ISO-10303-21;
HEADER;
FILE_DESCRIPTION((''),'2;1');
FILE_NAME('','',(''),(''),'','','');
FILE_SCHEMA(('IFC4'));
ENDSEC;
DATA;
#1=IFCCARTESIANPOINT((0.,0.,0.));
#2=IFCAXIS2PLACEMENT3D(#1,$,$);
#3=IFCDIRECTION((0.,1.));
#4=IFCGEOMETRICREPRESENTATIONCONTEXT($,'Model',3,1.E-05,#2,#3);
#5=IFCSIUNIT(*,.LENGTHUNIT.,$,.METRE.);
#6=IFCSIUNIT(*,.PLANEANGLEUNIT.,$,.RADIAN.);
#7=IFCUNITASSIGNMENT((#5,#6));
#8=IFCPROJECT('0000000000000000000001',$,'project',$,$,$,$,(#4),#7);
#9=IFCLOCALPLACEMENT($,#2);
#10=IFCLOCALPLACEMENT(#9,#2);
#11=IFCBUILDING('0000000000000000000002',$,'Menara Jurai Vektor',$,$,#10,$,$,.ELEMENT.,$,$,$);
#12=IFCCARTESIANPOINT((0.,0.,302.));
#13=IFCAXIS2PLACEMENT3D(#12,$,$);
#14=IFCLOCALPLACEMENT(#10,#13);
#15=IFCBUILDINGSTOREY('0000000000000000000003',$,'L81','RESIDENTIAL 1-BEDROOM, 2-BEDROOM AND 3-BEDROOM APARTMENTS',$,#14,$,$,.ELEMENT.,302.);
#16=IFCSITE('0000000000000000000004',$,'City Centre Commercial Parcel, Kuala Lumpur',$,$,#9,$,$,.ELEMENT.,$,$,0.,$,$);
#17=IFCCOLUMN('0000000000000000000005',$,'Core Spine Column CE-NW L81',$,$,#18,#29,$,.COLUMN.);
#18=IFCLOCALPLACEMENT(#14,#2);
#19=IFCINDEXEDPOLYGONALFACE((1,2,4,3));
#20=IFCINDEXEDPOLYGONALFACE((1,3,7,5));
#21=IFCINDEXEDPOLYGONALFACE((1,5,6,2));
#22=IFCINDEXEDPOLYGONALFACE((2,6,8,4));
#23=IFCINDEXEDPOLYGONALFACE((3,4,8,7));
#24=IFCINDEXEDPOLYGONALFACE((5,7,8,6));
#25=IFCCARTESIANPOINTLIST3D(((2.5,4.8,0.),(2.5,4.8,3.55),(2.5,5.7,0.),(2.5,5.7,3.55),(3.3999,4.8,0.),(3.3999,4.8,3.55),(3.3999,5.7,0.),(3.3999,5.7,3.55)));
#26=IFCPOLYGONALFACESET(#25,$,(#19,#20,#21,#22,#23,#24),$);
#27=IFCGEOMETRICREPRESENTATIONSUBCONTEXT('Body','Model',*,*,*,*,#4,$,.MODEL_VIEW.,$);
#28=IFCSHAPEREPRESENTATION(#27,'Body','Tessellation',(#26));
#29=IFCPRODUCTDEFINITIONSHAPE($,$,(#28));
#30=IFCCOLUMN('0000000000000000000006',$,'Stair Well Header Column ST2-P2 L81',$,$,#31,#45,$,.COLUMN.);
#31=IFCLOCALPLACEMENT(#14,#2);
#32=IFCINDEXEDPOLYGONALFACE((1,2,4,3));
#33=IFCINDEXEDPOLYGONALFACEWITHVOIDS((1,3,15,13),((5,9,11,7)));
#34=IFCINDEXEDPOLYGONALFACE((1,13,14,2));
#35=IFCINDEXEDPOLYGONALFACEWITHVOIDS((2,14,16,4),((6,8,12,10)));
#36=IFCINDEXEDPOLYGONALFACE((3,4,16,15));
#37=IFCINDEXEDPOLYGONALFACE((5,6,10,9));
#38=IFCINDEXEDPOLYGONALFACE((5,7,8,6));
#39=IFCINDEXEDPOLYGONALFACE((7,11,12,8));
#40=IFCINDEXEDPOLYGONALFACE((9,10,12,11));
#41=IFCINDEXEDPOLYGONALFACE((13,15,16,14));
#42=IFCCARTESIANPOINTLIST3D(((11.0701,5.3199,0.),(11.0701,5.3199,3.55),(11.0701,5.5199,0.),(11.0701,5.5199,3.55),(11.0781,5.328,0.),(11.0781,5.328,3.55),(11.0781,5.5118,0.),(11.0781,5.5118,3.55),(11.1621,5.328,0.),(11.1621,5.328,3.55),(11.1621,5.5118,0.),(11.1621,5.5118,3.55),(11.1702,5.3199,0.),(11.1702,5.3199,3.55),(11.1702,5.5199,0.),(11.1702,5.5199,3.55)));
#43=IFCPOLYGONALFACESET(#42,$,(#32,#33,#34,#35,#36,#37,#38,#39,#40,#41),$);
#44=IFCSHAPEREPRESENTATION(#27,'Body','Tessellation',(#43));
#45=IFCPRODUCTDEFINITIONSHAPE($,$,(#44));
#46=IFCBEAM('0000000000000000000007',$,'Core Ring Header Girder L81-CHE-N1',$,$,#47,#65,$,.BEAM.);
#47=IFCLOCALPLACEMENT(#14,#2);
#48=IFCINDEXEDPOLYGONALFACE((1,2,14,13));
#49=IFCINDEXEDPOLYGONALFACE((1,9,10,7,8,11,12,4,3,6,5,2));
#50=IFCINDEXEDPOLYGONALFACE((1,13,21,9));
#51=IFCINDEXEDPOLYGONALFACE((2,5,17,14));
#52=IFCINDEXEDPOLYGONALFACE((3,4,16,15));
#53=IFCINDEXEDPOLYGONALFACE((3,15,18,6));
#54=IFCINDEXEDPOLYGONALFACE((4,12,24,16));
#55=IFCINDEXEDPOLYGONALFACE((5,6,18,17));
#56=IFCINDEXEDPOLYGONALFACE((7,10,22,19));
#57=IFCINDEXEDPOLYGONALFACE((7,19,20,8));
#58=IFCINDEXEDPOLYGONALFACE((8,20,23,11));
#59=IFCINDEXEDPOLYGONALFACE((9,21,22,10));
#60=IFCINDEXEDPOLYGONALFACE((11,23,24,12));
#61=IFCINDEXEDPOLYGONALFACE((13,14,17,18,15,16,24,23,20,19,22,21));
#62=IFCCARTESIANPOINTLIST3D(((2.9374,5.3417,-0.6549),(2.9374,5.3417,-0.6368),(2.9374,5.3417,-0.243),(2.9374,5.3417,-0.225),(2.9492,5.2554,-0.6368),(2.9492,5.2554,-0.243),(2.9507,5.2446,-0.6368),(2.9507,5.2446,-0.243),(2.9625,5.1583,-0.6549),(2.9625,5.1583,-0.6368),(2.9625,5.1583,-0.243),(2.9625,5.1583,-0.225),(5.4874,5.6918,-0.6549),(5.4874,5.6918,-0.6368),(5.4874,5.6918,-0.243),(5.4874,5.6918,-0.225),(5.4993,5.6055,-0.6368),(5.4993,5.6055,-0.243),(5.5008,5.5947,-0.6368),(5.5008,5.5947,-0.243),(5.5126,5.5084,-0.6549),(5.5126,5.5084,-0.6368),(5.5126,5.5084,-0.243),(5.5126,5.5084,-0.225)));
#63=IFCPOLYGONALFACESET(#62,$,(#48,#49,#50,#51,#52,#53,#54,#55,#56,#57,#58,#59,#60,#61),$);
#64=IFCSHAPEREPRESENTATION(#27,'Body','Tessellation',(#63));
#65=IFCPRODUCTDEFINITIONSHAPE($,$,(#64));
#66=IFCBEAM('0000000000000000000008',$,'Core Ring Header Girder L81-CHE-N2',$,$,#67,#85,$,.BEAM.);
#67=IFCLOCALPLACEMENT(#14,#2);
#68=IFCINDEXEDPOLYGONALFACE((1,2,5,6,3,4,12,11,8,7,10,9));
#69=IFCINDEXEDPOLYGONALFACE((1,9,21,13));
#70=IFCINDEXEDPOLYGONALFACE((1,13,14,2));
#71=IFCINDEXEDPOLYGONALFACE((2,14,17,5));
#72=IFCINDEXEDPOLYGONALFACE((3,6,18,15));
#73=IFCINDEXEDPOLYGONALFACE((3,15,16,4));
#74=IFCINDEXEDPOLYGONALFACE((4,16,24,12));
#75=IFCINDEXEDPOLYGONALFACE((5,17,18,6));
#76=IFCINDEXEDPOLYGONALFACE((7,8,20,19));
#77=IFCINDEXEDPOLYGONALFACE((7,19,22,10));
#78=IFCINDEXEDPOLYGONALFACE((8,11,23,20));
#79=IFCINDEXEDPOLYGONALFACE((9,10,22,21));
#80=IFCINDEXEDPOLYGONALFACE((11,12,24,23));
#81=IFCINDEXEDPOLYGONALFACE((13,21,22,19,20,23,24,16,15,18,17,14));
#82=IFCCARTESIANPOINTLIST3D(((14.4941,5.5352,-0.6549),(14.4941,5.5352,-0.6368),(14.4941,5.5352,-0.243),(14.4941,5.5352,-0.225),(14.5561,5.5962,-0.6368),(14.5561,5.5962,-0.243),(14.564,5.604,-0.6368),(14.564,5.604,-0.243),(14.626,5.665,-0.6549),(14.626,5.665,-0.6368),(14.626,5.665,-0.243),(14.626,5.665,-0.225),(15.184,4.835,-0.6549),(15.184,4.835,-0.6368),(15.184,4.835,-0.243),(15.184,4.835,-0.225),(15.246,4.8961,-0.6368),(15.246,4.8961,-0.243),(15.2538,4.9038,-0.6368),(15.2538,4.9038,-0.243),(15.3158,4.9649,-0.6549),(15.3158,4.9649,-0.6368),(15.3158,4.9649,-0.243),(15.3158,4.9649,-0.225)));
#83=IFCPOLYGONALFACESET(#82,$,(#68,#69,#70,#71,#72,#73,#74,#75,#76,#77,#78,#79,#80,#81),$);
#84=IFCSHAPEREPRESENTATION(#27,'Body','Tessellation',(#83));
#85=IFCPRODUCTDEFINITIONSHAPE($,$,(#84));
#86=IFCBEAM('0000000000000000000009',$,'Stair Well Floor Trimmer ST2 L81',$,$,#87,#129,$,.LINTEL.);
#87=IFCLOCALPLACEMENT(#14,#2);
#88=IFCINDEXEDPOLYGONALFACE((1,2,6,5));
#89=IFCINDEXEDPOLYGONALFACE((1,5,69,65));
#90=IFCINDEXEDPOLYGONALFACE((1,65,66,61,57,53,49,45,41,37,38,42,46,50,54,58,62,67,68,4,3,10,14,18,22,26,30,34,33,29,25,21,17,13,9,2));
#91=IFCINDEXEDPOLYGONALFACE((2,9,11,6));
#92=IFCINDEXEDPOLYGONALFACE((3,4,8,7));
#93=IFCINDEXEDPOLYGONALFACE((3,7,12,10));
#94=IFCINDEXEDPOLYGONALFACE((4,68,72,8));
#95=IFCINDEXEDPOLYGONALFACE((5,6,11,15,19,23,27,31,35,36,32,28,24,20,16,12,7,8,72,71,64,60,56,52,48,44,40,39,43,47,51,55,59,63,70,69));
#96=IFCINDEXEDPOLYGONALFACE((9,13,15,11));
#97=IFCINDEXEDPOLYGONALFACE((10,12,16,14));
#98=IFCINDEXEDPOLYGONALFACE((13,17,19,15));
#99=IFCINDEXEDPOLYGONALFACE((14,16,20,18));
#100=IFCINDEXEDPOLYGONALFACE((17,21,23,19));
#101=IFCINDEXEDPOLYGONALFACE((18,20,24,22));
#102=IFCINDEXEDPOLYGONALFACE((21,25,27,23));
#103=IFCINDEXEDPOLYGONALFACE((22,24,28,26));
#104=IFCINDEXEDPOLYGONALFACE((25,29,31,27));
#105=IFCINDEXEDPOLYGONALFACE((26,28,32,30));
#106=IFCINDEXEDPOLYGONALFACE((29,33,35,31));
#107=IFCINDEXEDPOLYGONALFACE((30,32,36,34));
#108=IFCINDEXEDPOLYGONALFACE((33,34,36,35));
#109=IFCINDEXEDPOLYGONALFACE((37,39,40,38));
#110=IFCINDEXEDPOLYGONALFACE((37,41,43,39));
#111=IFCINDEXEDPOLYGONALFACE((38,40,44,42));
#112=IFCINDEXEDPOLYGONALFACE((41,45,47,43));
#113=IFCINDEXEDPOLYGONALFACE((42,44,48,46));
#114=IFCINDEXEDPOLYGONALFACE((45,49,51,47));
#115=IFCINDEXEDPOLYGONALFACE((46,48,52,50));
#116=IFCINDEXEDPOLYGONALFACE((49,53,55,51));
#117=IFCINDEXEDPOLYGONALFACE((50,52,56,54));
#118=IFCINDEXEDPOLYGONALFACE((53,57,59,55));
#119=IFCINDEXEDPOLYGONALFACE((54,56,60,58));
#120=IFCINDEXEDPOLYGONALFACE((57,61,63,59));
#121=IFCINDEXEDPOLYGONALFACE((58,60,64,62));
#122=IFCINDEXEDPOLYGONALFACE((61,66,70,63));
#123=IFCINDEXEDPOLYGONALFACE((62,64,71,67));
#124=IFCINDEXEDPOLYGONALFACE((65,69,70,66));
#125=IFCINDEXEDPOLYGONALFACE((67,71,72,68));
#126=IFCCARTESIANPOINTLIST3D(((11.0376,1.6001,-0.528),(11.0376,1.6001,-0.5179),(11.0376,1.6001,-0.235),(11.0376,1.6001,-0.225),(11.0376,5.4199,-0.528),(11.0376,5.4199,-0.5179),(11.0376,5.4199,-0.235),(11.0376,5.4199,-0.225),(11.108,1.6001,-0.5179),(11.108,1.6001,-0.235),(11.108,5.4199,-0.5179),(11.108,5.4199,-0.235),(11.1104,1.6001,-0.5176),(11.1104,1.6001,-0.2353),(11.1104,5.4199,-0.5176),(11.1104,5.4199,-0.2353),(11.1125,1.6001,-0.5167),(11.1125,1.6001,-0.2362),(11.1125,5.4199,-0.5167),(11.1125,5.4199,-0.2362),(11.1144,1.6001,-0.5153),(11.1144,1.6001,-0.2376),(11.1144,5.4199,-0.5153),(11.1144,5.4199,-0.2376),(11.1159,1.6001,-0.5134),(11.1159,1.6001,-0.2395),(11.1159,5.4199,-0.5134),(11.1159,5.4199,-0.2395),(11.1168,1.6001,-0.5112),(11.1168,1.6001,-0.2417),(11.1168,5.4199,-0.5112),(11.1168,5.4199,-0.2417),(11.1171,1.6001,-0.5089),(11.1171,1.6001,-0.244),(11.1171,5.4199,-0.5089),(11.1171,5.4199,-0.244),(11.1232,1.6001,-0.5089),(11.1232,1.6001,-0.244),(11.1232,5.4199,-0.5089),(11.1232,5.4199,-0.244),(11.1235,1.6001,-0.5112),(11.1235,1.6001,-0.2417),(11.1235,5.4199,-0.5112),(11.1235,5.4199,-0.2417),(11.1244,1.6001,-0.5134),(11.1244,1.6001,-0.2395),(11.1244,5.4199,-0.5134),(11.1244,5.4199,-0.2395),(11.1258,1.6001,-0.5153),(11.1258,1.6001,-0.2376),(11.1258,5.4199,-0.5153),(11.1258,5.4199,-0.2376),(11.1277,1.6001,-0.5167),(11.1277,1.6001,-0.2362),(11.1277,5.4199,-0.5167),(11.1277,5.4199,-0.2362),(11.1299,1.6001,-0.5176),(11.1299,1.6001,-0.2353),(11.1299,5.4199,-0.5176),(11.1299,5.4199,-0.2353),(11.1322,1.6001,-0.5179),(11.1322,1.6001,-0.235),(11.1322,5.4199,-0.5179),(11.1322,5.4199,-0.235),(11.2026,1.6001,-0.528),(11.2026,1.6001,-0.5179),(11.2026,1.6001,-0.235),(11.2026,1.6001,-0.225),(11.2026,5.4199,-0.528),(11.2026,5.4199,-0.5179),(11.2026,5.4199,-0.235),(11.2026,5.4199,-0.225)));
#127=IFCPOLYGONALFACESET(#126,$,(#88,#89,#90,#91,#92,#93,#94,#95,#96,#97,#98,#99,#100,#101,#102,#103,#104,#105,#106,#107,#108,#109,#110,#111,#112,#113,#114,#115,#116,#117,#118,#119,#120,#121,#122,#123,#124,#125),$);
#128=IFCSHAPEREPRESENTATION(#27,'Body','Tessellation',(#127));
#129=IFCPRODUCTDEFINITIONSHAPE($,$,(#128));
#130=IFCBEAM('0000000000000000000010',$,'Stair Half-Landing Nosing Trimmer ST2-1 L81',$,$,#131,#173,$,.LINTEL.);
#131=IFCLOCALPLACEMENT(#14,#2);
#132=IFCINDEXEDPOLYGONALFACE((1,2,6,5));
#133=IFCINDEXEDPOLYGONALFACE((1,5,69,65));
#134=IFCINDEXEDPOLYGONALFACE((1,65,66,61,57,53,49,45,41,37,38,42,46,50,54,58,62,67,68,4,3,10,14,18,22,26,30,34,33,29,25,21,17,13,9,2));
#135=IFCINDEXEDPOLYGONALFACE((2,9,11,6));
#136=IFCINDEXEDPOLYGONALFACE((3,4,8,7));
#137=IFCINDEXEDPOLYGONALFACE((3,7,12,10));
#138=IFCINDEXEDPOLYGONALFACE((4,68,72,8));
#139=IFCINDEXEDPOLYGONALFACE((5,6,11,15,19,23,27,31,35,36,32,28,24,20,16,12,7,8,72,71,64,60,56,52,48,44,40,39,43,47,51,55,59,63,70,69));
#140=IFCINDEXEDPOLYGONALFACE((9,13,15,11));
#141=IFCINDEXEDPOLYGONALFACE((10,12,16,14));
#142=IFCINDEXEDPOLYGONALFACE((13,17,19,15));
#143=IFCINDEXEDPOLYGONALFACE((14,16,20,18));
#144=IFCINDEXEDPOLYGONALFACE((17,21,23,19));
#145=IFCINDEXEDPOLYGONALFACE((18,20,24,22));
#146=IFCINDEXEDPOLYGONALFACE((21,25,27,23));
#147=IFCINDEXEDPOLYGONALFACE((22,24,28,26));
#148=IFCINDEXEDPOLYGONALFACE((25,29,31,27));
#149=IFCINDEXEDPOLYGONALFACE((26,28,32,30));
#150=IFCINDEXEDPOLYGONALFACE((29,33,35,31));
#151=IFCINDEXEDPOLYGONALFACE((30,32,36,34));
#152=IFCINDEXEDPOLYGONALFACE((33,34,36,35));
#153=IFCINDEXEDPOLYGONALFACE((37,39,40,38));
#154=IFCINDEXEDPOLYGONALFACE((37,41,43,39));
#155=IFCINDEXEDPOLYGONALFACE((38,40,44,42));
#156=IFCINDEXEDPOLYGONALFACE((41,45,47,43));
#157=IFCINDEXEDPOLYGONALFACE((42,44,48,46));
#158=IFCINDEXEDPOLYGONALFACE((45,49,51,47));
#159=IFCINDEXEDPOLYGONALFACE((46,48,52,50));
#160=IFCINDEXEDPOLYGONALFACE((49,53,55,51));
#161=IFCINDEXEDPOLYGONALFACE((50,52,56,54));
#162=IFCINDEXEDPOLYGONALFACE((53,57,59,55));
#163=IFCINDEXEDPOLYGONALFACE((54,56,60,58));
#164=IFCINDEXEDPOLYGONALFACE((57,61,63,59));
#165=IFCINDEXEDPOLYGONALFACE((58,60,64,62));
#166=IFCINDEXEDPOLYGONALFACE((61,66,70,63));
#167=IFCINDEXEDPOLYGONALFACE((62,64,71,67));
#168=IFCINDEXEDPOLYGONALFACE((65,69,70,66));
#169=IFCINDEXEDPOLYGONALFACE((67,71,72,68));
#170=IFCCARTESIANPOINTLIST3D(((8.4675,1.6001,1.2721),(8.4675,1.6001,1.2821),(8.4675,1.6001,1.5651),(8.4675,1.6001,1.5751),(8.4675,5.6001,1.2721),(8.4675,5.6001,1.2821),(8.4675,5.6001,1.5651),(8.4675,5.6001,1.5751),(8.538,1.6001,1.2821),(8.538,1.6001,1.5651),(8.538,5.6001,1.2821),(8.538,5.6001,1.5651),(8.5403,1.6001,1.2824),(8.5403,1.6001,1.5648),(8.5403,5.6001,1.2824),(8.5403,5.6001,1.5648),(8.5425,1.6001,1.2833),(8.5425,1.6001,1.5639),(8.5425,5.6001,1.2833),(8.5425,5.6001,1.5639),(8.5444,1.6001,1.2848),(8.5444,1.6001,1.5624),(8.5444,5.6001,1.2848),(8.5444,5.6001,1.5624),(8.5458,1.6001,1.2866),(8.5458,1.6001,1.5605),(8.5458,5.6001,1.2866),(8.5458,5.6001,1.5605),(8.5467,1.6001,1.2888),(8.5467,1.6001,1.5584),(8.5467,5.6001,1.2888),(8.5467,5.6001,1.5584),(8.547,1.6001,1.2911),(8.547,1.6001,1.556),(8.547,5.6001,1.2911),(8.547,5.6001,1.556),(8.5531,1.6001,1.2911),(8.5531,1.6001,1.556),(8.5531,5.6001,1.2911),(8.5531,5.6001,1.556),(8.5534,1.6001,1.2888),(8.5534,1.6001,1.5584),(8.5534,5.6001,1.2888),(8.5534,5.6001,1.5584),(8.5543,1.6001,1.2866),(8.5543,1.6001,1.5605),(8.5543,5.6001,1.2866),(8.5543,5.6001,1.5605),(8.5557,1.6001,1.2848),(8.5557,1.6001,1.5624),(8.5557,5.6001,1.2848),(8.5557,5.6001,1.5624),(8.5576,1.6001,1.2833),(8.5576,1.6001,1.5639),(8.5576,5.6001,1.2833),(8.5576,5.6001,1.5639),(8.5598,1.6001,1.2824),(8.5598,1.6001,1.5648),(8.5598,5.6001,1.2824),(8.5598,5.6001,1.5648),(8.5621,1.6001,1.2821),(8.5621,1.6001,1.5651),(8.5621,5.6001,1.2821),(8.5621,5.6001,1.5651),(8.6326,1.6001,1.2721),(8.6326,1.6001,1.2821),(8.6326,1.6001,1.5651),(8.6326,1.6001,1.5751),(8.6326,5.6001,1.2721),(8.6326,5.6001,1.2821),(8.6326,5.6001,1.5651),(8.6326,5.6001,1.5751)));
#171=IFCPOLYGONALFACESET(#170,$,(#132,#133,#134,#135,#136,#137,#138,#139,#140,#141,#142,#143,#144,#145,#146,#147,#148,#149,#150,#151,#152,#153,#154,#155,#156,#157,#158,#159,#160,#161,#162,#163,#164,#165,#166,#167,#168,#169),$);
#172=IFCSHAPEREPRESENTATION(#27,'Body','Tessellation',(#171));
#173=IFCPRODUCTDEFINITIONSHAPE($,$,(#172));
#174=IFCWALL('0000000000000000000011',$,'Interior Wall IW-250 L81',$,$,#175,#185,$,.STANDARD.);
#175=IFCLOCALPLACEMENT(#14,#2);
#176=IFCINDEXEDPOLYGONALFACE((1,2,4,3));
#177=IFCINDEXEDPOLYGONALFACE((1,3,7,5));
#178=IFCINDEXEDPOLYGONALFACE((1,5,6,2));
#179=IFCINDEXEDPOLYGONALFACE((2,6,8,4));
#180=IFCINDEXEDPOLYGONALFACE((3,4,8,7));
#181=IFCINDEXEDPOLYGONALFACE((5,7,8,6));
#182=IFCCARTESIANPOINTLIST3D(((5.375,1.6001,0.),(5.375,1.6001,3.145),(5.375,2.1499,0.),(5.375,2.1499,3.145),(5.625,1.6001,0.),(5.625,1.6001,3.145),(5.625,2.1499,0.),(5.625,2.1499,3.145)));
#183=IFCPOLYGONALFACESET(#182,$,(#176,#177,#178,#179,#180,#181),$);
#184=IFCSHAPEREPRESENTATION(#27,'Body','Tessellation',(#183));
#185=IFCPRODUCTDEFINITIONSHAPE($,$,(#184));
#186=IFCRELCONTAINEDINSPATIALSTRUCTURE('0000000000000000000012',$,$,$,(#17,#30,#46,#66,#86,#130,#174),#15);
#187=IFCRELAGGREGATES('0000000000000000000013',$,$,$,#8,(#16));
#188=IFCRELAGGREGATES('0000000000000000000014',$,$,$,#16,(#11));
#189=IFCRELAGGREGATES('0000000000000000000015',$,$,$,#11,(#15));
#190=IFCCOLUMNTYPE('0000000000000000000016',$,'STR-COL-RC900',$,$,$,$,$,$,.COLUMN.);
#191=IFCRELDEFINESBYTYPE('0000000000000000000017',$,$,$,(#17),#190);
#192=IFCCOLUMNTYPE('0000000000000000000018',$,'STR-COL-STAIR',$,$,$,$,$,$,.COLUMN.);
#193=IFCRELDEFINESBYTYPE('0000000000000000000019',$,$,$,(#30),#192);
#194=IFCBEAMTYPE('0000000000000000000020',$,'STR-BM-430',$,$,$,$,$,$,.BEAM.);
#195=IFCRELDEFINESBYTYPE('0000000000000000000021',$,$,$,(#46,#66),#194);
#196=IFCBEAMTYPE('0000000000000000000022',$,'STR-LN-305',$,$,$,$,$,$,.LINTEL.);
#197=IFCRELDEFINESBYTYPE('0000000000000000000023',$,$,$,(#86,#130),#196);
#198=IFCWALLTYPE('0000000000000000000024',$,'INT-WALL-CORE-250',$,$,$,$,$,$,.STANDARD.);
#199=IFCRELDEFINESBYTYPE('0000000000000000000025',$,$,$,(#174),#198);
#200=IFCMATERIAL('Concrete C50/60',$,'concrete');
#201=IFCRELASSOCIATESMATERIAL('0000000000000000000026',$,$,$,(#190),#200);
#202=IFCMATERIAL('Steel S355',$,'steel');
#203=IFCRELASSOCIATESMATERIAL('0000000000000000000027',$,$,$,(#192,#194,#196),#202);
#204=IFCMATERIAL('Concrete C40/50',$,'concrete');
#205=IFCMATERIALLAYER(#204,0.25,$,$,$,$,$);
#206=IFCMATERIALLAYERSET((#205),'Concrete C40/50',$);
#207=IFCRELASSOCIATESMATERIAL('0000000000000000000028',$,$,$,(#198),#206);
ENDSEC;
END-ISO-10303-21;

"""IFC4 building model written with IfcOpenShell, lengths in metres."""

from ifc_helpers import new_model, si_unit, direction, frame, frame_2d, origin, origin_2d, place, context, subcontext, project, spatial, rectangle, hollow_rectangle, i_section, extrude, material, layer, layer_set, material_profile, profile_set, type_object, element, save


model = new_model("IFC4")

# Units and contexts
model_context = context("Model", 3, precision=1e-05, world=origin(), true_north=direction((0.0, 1.0)))
body_context = subcontext(model_context, "Body", "Model", "MODEL_VIEW")
ifc_project = project(units=[si_unit("LENGTHUNIT", "METRE"), si_unit("PLANEANGLEUNIT", "RADIAN")], contexts=[model_context])

# Site, building, storey
site_placement = place(None, origin())
site = spatial("IfcSite", under=ifc_project, at=site_placement, Name="City Centre Commercial Parcel, Kuala Lumpur", CompositionType="ELEMENT", RefElevation=0.0)
building_placement = place(site_placement, origin())
building = spatial("IfcBuilding", under=site, at=building_placement, Name="Menara Jurai Vektor", CompositionType="ELEMENT")
storey_placement = place(building_placement, frame((0.0, 0.0, 302.0)))
storey = spatial("IfcBuildingStorey", under=building, at=storey_placement, Name="L81", Description="RESIDENTIAL 1-BEDROOM, 2-BEDROOM AND 3-BEDROOM APARTMENTS", CompositionType="ELEMENT", Elevation=302.0)

# Columns
ifc_material_1 = material(Name="Concrete C50/60", Category="concrete")
ifc_material_profile_1 = material_profile(ifc_material_1, rectangle(XDim=0.8999, YDim=0.8999, at=origin_2d()), Name="RC 900x900")
ifc_profile_set_1 = profile_set([ifc_material_profile_1], Name="Concrete C50/60")
column_type_1 = type_object("IfcColumnType", Name="STR-COL-RC900", PredefinedType="COLUMN", material=ifc_profile_set_1)
column_1_placement = place(storey_placement, frame((2.95, 5.25, 0.0), z_axis=(0.0, 0.0, 1.0), x_axis=(1.0, 0.0, 0.0)))
element("IfcColumn", 1, at=column_1_placement, inside=storey, type_object=column_type_1, Name="Core Spine Column CE-NW L81", PredefinedType="COLUMN", context=body_context, shape_type="SweptSolid", body=[
    extrude(rectangle(XDim=0.8999, YDim=0.8999, at=origin_2d()), origin(), (0.0, 0.0, 1.0), 3.55),
])
ifc_material_2 = material(Name="Steel S355", Category="steel")
ifc_material_profile_2 = material_profile(ifc_material_2, hollow_rectangle(XDim=0.1001, YDim=0.2, WallThickness=0.0081, at=origin_2d()), Name="RHS 200x100x8")
ifc_profile_set_2 = profile_set([ifc_material_profile_2], Name="Steel S355")
column_type_2 = type_object("IfcColumnType", Name="STR-COL-STAIR", PredefinedType="COLUMN", material=ifc_profile_set_2)
column_2_placement = place(storey_placement, frame((11.1201, 5.4199, 0.0), z_axis=(0.0, 0.0, 1.0), x_axis=(1.0, 0.0, 0.0)))
element("IfcColumn", 2, at=column_2_placement, inside=storey, type_object=column_type_2, Name="Stair Well Header Column ST2-P2 L81", PredefinedType="COLUMN", context=body_context, shape_type="SweptSolid", body=[
    extrude(hollow_rectangle(XDim=0.1001, YDim=0.2, WallThickness=0.0081, at=origin_2d()), origin(), (0.0, 0.0, 1.0), 3.55),
])

# Beams
ifc_material_profile_3 = material_profile(ifc_material_2, i_section(OverallWidth=0.1851, OverallDepth=0.4299, WebThickness=0.011, FlangeThickness=0.0181, at=origin_2d()), Name="PG 430x185x76")
ifc_profile_set_3 = profile_set([ifc_material_profile_3], Name="Steel S355")
beam_type_1 = type_object("IfcBeamType", Name="STR-BM-430", PredefinedType="BEAM", material=ifc_profile_set_3)
beam_1_placement = place(storey_placement, frame((2.95, 5.25, -0.4399), z_axis=(0.990707, 0.136015, 0.0), x_axis=(-0.136015, 0.990707, 0.0)))
element("IfcBeam", 3, at=beam_1_placement, inside=storey, type_object=beam_type_1, Name="Core Ring Header Girder L81-CHE-N1", PredefinedType="BEAM", context=body_context, shape_type="SweptSolid", body=[
    extrude(i_section(OverallWidth=0.1851, OverallDepth=0.4299, WebThickness=0.011, FlangeThickness=0.0181, at=origin_2d()), origin(), (0.0, 0.0, 1.0), 2.574),
])
beam_2_placement = place(storey_placement, frame((14.5601, 5.6001, -0.4399), z_axis=(0.701872, -0.712303, 0.0), x_axis=(0.712303, 0.701872, 0.0)))
element("IfcBeam", 4, at=beam_2_placement, inside=storey, type_object=beam_type_1, Name="Core Ring Header Girder L81-CHE-N2", PredefinedType="BEAM", context=body_context, shape_type="SweptSolid", body=[
    extrude(i_section(OverallWidth=0.1851, OverallDepth=0.4299, WebThickness=0.011, FlangeThickness=0.0181, at=origin_2d()), origin(), (0.0, 0.0, 1.0), 0.9829),
])
ifc_material_profile_4 = material_profile(ifc_material_2, i_section(OverallWidth=0.165, OverallDepth=0.303, WebThickness=0.0061, FlangeThickness=0.01, FilletRadius=0.009, at=origin_2d()), Name="UKB 305x165x40")
ifc_profile_set_4 = profile_set([ifc_material_profile_4], Name="Steel S355")
beam_type_2 = type_object("IfcBeamType", Name="STR-LN-305", PredefinedType="LINTEL", material=ifc_profile_set_4)
beam_3_placement = place(storey_placement, frame((11.1201, 1.6001, -0.3765), z_axis=(0.0, 1.0, 0.0), x_axis=(-1.0, 0.0, 0.0)))
element("IfcBeam", 5, at=beam_3_placement, inside=storey, type_object=beam_type_2, Name="Stair Well Floor Trimmer ST2 L81", PredefinedType="LINTEL", context=body_context, shape_type="SweptSolid", body=[
    extrude(i_section(OverallWidth=0.165, OverallDepth=0.303, WebThickness=0.0061, FlangeThickness=0.01, FilletRadius=0.009, at=origin_2d()), origin(), (0.0, 0.0, 1.0), 3.8198),
])
beam_4_placement = place(storey_placement, frame((8.55, 1.6001, 1.4236), z_axis=(0.0, 1.0, 0.0), x_axis=(-1.0, 0.0, 0.0)))
element("IfcBeam", 6, at=beam_4_placement, inside=storey, type_object=beam_type_2, Name="Stair Half-Landing Nosing Trimmer ST2-1 L81", PredefinedType="LINTEL", context=body_context, shape_type="SweptSolid", body=[
    extrude(i_section(OverallWidth=0.165, OverallDepth=0.303, WebThickness=0.0061, FlangeThickness=0.01, FilletRadius=0.009, at=origin_2d()), origin(), (0.0, 0.0, 1.0), 4.0),
])

# Shared definitions
ifc_material_3 = material(Name="Concrete C40/50", Category="concrete")
ifc_layer_1 = layer(ifc_material_3, 0.25)
ifc_layer_set_1 = layer_set([ifc_layer_1], Name="Concrete C40/50")
wall_type_1 = type_object("IfcWallType", Name="INT-WALL-CORE-250", PredefinedType="STANDARD", material=ifc_layer_set_1)

# Wall
wall_1_placement = place(storey_placement, frame((5.5, 1.6001, 0.0), z_axis=(0.0, 0.0, 1.0), x_axis=(0.0, 1.0, 0.0)))
element("IfcWall", 7, at=wall_1_placement, inside=storey, type_object=wall_type_1, Name="Interior Wall IW-250 L81", PredefinedType="STANDARD", context=body_context, shape_type="SweptSolid", body=[
    extrude(rectangle(XDim=0.5498, YDim=0.25, at=frame_2d((0.2749, 0.0))), origin(), (0.0, 0.0, 1.0), 3.145),
])

save(model, "model.ifc")
